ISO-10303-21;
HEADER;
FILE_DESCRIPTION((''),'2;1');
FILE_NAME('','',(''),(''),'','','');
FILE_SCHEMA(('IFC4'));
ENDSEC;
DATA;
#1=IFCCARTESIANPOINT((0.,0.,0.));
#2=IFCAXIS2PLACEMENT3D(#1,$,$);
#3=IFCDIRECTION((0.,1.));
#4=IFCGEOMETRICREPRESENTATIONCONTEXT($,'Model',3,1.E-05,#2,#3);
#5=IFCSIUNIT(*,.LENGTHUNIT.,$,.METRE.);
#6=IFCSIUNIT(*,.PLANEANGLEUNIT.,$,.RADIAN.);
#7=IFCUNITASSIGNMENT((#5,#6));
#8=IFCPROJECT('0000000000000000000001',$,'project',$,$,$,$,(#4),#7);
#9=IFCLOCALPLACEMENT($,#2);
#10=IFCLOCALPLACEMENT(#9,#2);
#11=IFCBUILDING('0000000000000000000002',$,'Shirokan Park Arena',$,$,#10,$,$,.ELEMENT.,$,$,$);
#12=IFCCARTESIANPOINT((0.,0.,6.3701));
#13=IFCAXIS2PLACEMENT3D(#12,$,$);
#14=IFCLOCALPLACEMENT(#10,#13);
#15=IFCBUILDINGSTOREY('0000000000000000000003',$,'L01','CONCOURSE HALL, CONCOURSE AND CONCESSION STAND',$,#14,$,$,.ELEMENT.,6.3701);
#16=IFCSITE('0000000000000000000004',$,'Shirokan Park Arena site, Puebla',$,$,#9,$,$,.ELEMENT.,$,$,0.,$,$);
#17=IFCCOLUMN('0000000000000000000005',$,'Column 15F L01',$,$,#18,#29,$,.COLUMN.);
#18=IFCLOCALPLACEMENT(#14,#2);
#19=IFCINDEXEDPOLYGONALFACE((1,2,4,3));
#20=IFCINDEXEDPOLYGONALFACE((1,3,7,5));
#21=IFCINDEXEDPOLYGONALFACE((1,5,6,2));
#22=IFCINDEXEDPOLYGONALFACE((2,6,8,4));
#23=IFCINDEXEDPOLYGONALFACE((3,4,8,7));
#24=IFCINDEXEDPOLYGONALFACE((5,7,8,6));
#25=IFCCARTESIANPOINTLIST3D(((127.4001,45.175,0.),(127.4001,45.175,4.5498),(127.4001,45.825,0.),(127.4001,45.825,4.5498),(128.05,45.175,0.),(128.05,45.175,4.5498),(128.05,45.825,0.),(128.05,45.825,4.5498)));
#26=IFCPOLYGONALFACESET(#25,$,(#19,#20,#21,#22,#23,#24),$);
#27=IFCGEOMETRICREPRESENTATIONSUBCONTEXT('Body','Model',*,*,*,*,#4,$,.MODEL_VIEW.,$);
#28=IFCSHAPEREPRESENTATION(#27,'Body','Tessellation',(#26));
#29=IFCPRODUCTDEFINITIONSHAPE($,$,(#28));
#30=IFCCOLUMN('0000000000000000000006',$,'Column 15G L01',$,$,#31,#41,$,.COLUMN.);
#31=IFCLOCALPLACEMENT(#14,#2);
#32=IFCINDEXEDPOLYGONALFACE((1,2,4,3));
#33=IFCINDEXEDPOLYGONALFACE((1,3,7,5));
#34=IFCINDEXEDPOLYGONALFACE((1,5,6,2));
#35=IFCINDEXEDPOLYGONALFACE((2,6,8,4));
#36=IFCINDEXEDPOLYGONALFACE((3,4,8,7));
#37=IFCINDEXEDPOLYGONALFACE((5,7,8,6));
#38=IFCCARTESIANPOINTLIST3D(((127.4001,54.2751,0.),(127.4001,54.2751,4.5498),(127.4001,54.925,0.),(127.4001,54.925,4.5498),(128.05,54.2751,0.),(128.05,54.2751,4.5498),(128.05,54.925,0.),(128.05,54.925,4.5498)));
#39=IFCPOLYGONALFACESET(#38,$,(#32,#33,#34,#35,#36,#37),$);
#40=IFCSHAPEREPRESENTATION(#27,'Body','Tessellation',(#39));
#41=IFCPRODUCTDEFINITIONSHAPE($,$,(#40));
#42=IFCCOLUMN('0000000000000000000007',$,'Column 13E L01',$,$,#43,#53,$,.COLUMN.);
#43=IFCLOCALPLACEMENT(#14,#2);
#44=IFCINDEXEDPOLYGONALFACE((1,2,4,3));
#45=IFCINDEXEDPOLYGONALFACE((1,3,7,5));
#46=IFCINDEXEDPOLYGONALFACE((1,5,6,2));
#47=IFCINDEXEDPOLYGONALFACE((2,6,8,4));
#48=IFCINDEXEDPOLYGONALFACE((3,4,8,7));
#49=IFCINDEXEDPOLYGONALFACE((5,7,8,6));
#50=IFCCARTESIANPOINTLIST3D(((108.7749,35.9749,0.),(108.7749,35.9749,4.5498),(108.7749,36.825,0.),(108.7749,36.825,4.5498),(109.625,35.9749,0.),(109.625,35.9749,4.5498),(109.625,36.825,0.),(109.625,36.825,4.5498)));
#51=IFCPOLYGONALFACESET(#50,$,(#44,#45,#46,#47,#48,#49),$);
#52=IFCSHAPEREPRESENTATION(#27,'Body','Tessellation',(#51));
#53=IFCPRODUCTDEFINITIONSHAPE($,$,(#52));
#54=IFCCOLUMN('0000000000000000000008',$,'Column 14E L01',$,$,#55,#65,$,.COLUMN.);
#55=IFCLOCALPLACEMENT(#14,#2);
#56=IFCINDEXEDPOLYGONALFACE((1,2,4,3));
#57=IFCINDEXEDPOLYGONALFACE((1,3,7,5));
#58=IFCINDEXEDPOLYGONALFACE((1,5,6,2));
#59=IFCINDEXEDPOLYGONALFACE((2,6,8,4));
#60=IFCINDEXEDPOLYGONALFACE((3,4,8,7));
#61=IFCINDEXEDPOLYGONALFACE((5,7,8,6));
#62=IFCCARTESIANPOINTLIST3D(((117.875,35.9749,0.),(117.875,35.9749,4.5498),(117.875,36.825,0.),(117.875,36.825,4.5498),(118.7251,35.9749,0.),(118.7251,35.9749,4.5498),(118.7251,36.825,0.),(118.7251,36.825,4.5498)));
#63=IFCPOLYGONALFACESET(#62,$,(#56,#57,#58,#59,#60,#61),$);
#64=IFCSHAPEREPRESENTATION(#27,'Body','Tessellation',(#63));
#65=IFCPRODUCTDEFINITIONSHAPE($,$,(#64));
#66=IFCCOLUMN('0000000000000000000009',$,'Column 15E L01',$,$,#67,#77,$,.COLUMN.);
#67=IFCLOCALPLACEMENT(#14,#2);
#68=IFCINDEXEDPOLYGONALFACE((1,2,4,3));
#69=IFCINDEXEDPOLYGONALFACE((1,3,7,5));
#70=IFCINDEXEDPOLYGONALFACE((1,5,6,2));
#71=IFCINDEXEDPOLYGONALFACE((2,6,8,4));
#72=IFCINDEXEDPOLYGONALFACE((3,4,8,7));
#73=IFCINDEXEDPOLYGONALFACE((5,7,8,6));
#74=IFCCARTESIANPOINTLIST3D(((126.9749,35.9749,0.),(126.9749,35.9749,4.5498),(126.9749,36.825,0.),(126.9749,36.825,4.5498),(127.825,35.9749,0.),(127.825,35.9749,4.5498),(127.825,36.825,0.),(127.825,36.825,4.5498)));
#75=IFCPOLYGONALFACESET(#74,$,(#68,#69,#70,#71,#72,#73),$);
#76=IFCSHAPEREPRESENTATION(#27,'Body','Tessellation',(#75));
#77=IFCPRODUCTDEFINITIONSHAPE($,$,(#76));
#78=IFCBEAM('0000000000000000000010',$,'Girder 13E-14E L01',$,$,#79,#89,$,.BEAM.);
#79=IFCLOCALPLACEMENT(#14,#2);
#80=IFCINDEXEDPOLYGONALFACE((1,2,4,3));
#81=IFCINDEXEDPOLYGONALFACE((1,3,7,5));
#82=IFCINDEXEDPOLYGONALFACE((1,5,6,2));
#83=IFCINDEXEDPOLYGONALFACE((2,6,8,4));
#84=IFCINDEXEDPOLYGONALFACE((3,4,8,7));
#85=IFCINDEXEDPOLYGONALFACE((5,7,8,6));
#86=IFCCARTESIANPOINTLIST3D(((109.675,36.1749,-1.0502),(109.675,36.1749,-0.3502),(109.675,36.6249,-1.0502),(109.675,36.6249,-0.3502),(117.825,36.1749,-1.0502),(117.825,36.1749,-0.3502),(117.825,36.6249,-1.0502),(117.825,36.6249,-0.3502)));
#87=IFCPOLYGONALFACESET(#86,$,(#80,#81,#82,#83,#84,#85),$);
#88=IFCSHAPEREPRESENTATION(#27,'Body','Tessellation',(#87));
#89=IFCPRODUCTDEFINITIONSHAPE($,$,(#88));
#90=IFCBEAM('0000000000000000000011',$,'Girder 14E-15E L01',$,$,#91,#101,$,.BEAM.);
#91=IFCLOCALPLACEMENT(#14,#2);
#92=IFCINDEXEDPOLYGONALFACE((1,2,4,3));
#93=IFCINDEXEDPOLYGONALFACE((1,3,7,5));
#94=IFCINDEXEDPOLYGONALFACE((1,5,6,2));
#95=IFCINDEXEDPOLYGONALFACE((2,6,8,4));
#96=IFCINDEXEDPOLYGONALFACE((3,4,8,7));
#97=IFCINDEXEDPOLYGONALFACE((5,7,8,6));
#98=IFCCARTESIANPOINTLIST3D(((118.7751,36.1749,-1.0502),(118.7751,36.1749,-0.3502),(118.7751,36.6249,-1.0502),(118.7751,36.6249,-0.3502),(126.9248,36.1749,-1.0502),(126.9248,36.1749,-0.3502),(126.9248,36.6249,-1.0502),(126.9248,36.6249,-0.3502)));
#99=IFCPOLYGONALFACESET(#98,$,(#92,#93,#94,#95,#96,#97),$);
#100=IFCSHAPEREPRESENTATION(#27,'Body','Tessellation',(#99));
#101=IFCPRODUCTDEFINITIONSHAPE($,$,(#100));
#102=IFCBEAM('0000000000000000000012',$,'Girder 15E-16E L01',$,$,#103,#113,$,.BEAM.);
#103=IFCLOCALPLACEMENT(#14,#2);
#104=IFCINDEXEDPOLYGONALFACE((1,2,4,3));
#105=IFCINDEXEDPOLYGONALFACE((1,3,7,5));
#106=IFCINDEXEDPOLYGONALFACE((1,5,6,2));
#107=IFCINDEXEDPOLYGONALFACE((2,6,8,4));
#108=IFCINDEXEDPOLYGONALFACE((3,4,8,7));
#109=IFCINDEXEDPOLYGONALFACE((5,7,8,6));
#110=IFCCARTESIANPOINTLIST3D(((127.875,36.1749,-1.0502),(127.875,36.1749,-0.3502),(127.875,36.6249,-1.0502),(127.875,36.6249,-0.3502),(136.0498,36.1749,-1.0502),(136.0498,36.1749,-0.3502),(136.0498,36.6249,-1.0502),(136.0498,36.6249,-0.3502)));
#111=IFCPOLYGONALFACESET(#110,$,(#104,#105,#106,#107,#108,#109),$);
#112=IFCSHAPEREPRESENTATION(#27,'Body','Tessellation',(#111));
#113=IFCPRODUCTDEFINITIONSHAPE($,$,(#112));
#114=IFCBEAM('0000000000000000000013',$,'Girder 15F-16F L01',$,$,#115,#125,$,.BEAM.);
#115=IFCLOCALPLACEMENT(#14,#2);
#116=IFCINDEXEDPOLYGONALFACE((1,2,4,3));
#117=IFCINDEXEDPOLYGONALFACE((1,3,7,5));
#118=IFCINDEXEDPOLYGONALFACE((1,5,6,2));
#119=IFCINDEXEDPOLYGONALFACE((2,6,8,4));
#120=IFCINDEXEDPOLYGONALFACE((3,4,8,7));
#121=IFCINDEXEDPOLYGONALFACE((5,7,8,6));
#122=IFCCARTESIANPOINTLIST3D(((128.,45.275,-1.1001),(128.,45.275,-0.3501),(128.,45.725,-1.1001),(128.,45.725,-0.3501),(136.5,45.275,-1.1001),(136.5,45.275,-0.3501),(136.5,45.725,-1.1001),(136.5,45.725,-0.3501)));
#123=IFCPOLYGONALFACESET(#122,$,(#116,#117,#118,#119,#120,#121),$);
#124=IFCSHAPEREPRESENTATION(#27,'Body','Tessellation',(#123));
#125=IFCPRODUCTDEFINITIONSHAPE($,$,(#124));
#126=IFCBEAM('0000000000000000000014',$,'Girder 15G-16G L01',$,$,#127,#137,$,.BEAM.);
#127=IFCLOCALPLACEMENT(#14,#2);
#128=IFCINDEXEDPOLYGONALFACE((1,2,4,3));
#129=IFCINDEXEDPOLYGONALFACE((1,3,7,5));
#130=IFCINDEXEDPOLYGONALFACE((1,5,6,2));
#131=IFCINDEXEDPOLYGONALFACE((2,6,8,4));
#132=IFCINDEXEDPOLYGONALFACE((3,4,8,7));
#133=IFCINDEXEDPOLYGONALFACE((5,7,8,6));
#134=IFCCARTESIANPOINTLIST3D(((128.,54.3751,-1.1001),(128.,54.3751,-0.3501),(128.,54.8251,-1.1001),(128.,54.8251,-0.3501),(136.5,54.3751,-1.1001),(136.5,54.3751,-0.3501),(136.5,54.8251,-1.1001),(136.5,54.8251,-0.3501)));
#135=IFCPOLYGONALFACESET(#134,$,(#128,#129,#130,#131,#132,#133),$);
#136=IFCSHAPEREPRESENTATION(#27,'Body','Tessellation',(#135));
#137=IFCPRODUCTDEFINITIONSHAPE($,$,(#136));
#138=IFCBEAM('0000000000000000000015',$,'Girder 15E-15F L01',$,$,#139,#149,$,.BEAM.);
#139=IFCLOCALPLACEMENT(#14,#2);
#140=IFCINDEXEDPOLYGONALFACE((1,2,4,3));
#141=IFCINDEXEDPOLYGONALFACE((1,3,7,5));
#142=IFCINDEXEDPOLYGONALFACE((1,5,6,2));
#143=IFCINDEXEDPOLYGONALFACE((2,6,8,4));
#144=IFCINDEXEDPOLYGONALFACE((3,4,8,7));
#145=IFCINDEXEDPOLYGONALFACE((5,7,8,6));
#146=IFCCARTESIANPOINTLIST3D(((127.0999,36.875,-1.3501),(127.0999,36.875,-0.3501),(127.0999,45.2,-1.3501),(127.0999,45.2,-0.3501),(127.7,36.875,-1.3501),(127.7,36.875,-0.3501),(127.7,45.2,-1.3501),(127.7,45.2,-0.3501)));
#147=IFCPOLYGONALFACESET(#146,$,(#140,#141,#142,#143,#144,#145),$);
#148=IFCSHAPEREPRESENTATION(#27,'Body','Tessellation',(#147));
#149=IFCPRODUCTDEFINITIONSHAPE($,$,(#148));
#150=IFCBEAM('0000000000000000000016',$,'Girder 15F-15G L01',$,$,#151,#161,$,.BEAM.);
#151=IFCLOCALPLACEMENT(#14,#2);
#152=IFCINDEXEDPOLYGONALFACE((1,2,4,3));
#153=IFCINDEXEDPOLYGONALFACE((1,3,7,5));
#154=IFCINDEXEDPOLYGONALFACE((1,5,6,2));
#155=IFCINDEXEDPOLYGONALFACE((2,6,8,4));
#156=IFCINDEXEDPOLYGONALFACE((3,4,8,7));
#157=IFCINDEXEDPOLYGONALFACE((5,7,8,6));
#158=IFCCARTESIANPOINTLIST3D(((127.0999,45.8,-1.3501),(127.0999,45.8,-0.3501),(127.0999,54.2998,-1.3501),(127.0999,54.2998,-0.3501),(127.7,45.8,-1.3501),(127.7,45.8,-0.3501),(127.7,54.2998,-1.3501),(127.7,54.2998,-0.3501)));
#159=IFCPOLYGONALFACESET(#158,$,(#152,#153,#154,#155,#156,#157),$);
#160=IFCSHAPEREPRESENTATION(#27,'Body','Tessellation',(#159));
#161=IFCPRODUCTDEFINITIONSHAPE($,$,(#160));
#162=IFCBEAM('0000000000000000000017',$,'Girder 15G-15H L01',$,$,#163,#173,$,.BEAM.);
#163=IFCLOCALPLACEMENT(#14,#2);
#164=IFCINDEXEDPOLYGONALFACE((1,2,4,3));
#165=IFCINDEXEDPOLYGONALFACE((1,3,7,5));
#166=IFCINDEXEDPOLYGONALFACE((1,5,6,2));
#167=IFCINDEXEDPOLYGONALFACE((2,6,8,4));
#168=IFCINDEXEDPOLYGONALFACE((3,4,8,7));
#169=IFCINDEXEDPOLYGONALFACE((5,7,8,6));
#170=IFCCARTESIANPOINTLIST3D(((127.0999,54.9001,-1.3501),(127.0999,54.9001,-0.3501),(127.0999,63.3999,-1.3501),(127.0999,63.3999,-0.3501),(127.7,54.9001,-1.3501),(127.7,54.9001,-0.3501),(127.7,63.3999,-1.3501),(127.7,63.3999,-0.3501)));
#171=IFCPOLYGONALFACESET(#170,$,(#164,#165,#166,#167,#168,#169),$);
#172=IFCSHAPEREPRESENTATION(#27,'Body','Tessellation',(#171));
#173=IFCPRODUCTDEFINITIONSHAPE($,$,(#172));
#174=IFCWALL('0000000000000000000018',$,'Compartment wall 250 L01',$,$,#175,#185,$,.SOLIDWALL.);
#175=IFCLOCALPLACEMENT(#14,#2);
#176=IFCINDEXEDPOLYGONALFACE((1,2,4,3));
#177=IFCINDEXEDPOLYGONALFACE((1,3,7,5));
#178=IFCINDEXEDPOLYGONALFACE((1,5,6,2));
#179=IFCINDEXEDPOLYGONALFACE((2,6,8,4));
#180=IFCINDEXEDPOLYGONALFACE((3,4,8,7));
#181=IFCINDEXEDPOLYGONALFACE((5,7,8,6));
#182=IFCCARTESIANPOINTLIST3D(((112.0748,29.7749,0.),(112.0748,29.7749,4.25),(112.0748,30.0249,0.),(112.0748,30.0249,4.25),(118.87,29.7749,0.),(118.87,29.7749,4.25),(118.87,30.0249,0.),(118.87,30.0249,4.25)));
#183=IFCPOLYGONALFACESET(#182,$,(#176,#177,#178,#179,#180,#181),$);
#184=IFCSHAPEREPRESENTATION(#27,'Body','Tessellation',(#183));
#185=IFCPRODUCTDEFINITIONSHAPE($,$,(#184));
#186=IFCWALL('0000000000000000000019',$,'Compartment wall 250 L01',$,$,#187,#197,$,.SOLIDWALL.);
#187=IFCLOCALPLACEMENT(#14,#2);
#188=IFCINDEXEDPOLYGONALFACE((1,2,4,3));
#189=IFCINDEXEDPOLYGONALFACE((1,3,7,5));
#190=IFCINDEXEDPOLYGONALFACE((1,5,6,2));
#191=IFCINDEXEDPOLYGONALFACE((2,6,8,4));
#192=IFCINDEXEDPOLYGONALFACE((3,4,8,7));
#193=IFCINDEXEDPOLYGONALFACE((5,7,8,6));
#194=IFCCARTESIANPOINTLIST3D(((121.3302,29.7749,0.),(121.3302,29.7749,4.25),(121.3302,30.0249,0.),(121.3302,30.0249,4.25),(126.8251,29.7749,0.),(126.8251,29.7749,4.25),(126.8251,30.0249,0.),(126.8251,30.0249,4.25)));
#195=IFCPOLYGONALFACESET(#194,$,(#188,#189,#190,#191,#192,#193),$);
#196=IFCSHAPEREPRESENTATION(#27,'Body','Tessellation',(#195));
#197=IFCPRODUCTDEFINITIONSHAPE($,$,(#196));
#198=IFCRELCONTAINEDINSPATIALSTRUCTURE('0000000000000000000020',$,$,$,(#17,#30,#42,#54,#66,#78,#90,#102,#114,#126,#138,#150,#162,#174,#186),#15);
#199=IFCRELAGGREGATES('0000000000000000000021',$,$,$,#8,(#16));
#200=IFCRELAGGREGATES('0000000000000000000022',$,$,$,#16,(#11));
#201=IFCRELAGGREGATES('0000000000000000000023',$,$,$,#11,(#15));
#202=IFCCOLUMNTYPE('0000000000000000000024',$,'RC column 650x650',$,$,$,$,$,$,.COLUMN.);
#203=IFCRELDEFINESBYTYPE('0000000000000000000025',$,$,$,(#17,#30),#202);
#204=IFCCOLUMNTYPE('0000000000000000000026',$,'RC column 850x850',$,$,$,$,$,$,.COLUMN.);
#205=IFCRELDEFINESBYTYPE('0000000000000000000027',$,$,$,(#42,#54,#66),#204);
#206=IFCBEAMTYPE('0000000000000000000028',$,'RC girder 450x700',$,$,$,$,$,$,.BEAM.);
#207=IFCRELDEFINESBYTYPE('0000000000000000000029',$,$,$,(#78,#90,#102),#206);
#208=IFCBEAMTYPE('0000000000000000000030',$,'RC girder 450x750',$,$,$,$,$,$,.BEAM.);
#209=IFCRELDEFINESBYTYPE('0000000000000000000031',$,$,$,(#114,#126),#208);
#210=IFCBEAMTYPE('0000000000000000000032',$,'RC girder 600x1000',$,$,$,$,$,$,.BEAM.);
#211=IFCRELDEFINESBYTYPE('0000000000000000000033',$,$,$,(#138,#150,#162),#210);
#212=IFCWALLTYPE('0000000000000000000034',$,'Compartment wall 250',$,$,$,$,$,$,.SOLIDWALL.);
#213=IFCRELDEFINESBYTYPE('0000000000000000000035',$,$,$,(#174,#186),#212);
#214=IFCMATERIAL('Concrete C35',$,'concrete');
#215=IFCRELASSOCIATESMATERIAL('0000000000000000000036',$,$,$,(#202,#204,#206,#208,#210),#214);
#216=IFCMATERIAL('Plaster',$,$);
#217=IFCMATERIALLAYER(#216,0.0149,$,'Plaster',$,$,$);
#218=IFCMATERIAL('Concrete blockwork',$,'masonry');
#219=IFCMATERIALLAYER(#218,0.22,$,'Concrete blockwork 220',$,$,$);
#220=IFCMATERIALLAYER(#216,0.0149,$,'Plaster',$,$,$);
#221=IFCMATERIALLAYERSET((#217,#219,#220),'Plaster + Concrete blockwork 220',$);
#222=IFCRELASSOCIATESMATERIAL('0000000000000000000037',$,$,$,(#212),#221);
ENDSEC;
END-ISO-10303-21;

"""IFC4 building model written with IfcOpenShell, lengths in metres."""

from ifc_helpers import new_model, si_unit, direction, frame, frame_2d, origin, origin_2d, place, context, subcontext, project, spatial, rectangle, extrude, material, layer, layer_set, material_profile, profile_set, type_object, element, save


model = new_model("IFC4")

# Units and contexts
model_context = context("Model", 3, precision=1e-05, world=origin(), true_north=direction((0.0, 1.0)))
body_context = subcontext(model_context, "Body", "Model", "MODEL_VIEW")
ifc_project = project(units=[si_unit("LENGTHUNIT", "METRE"), si_unit("PLANEANGLEUNIT", "RADIAN")], contexts=[model_context])

# Site, building, storey
site_placement = place(None, origin())
site = spatial("IfcSite", under=ifc_project, at=site_placement, Name="Shirokan Park Arena site, Puebla", CompositionType="ELEMENT", RefElevation=0.0)
building_placement = place(site_placement, origin())
building = spatial("IfcBuilding", under=site, at=building_placement, Name="Shirokan Park Arena", CompositionType="ELEMENT")
storey_placement = place(building_placement, frame((0.0, 0.0, 6.3701)))
storey = spatial("IfcBuildingStorey", under=building, at=storey_placement, Name="L01", Description="CONCOURSE HALL, CONCOURSE AND CONCESSION STAND", CompositionType="ELEMENT", Elevation=6.3701)

# Columns
ifc_material_1 = material(Name="Concrete C35", Category="concrete")
ifc_material_profile_1 = material_profile(ifc_material_1, rectangle(XDim=0.6499, YDim=0.6499, at=origin_2d()), Name="650x650")
ifc_profile_set_1 = profile_set([ifc_material_profile_1], Name="Concrete C35")
column_type_1 = type_object("IfcColumnType", Name="RC column 650x650", PredefinedType="COLUMN", material=ifc_profile_set_1)
for number, where, z_axis, x_axis, name in (
    (1, (127.7251, 45.5, 0.0), (0.0, 0.0, 1.0), (1.0, 0.0, 0.0), "Column 15F L01"),
    (2, (127.7251, 54.6001, 0.0), (0.0, 0.0, 1.0), (1.0, 0.0, 0.0), "Column 15G L01"),
):
    element("IfcColumn", number, at=place(storey_placement, frame(where, z_axis=z_axis, x_axis=x_axis)), inside=storey, type_object=column_type_1, Name=name, PredefinedType="COLUMN", context=body_context, shape_type="SweptSolid", body=[
        extrude(rectangle(XDim=0.6499, YDim=0.6499, at=origin_2d()), origin(), (0.0, 0.0, 1.0), 4.5498),
    ])
ifc_material_profile_2 = material_profile(ifc_material_1, rectangle(XDim=0.8501, YDim=0.8501, at=origin_2d()), Name="850x850")
ifc_profile_set_2 = profile_set([ifc_material_profile_2], Name="Concrete C35")
column_type_2 = type_object("IfcColumnType", Name="RC column 850x850", PredefinedType="COLUMN", material=ifc_profile_set_2)
for number, where, z_axis, x_axis, name in (
    (3, (109.2, 36.3999, 0.0), (0.0, 0.0, 1.0), (1.0, 0.0, 0.0), "Column 13E L01"),
    (4, (118.3, 36.3999, 0.0), (0.0, 0.0, 1.0), (1.0, 0.0, 0.0), "Column 14E L01"),
    (5, (127.3999, 36.3999, 0.0), (0.0, 0.0, 1.0), (1.0, 0.0, 0.0), "Column 15E L01"),
):
    element("IfcColumn", number, at=place(storey_placement, frame(where, z_axis=z_axis, x_axis=x_axis)), inside=storey, type_object=column_type_2, Name=name, PredefinedType="COLUMN", context=body_context, shape_type="SweptSolid", body=[
        extrude(rectangle(XDim=0.8501, YDim=0.8501, at=origin_2d()), origin(), (0.0, 0.0, 1.0), 4.5498),
    ])

# Beams
ifc_material_profile_3 = material_profile(ifc_material_1, rectangle(XDim=0.45, YDim=0.7, at=origin_2d()), Name="450x700")
ifc_profile_set_3 = profile_set([ifc_material_profile_3], Name="Concrete C35")
beam_type_1 = type_object("IfcBeamType", Name="RC girder 450x700", PredefinedType="BEAM", material=ifc_profile_set_3)
beam_1_placement = place(storey_placement, frame((109.675, 36.3999, -0.7002), z_axis=(1.0, 0.0, 0.0), x_axis=(0.0, 1.0, 0.0)))
element("IfcBeam", 6, at=beam_1_placement, inside=storey, type_object=beam_type_1, Name="Girder 13E-14E L01", PredefinedType="BEAM", context=body_context, shape_type="SweptSolid", body=[
    extrude(rectangle(XDim=0.45, YDim=0.7, at=origin_2d()), origin(), (0.0, 0.0, 1.0), 8.1499),
])
beam_2_placement = place(storey_placement, frame((118.7751, 36.3999, -0.7002), z_axis=(1.0, 0.0, 0.0), x_axis=(0.0, 1.0, 0.0)))
element("IfcBeam", 7, at=beam_2_placement, inside=storey, type_object=beam_type_1, Name="Girder 14E-15E L01", PredefinedType="BEAM", context=body_context, shape_type="SweptSolid", body=[
    extrude(rectangle(XDim=0.45, YDim=0.7, at=origin_2d()), origin(), (0.0, 0.0, 1.0), 8.1497),
])
beam_3_placement = place(storey_placement, frame((127.875, 36.3999, -0.7002), z_axis=(1.0, 0.0, 0.0), x_axis=(0.0, 1.0, 0.0)))
element("IfcBeam", 8, at=beam_3_placement, inside=storey, type_object=beam_type_1, Name="Girder 15E-16E L01", PredefinedType="BEAM", context=body_context, shape_type="SweptSolid", body=[
    extrude(rectangle(XDim=0.45, YDim=0.7, at=origin_2d()), origin(), (0.0, 0.0, 1.0), 8.1748),
])
ifc_material_profile_4 = material_profile(ifc_material_1, rectangle(XDim=0.45, YDim=0.75, at=origin_2d()), Name="450x750")
ifc_profile_set_4 = profile_set([ifc_material_profile_4], Name="Concrete C35")
beam_type_2 = type_object("IfcBeamType", Name="RC girder 450x750", PredefinedType="BEAM", material=ifc_profile_set_4)
for number, where, z_axis, x_axis, name in (
    (9, (128.0, 45.5, -0.7251), (1.0, 0.0, 0.0), (0.0, 1.0, 0.0), "Girder 15F-16F L01"),
    (10, (128.0, 54.6001, -0.7251), (1.0, 0.0, 0.0), (0.0, 1.0, 0.0), "Girder 15G-16G L01"),
):
    element("IfcBeam", number, at=place(storey_placement, frame(where, z_axis=z_axis, x_axis=x_axis)), inside=storey, type_object=beam_type_2, Name=name, PredefinedType="BEAM", context=body_context, shape_type="SweptSolid", body=[
        extrude(rectangle(XDim=0.45, YDim=0.75, at=origin_2d()), origin(), (0.0, 0.0, 1.0), 8.5),
    ])
ifc_material_profile_5 = material_profile(ifc_material_1, rectangle(XDim=0.6001, YDim=1.0, at=origin_2d()), Name="600x1000")
ifc_profile_set_5 = profile_set([ifc_material_profile_5], Name="Concrete C35")
beam_type_3 = type_object("IfcBeamType", Name="RC girder 600x1000", PredefinedType="BEAM", material=ifc_profile_set_5)
beam_4_placement = place(storey_placement, frame((127.3999, 36.875, -0.8501), z_axis=(0.0, 1.0, 0.0), x_axis=(-1.0, 0.0, 0.0)))
element("IfcBeam", 11, at=beam_4_placement, inside=storey, type_object=beam_type_3, Name="Girder 15E-15F L01", PredefinedType="BEAM", context=body_context, shape_type="SweptSolid", body=[
    extrude(rectangle(XDim=0.6001, YDim=1.0, at=origin_2d()), origin(), (0.0, 0.0, 1.0), 8.325),
])
for number, where, z_axis, x_axis, name in (
    (12, (127.3999, 45.8, -0.8501), (0.0, 1.0, 0.0), (-1.0, 0.0, 0.0), "Girder 15F-15G L01"),
    (13, (127.3999, 54.9001, -0.8501), (0.0, 1.0, 0.0), (-1.0, 0.0, 0.0), "Girder 15G-15H L01"),
):
    element("IfcBeam", number, at=place(storey_placement, frame(where, z_axis=z_axis, x_axis=x_axis)), inside=storey, type_object=beam_type_3, Name=name, PredefinedType="BEAM", context=body_context, shape_type="SweptSolid", body=[
        extrude(rectangle(XDim=0.6001, YDim=1.0, at=origin_2d()), origin(), (0.0, 0.0, 1.0), 8.4998),
    ])

# Walls
ifc_material_2 = material(Name="Plaster")
ifc_layer_1 = layer(ifc_material_2, 0.0149, Name="Plaster")
ifc_material_3 = material(Name="Concrete blockwork", Category="masonry")
ifc_layer_2 = layer(ifc_material_3, 0.22, Name="Concrete blockwork 220")
ifc_layer_3 = layer(ifc_material_2, 0.0149, Name="Plaster")
ifc_layer_set_1 = layer_set([ifc_layer_1, ifc_layer_2, ifc_layer_3], Name="Plaster + Concrete blockwork 220")
wall_type_1 = type_object("IfcWallType", Name="Compartment wall 250", PredefinedType="SOLIDWALL", material=ifc_layer_set_1)
wall_1_placement = place(storey_placement, frame((112.075, 29.8999, 0.0), z_axis=(0.0, 0.0, 1.0), x_axis=(1.0, 0.0, 0.0)))
element("IfcWall", 14, at=wall_1_placement, inside=storey, type_object=wall_type_1, Name="Compartment wall 250 L01", PredefinedType="SOLIDWALL", context=body_context, shape_type="SweptSolid", body=[
    extrude(rectangle(XDim=6.7952, YDim=0.25, at=frame_2d((3.3975, 0.0))), origin(), (0.0, 0.0, 1.0), 4.25),
])
wall_2_placement = place(storey_placement, frame((121.3301, 29.8999, 0.0), z_axis=(0.0, 0.0, 1.0), x_axis=(1.0, 0.0, 0.0)))
element("IfcWall", 15, at=wall_2_placement, inside=storey, type_object=wall_type_1, Name="Compartment wall 250 L01", PredefinedType="SOLIDWALL", context=body_context, shape_type="SweptSolid", body=[
    extrude(rectangle(XDim=5.4949, YDim=0.25, at=frame_2d((2.7476, 0.0))), origin(), (0.0, 0.0, 1.0), 4.25),
])

save(model, "model.ifc")
